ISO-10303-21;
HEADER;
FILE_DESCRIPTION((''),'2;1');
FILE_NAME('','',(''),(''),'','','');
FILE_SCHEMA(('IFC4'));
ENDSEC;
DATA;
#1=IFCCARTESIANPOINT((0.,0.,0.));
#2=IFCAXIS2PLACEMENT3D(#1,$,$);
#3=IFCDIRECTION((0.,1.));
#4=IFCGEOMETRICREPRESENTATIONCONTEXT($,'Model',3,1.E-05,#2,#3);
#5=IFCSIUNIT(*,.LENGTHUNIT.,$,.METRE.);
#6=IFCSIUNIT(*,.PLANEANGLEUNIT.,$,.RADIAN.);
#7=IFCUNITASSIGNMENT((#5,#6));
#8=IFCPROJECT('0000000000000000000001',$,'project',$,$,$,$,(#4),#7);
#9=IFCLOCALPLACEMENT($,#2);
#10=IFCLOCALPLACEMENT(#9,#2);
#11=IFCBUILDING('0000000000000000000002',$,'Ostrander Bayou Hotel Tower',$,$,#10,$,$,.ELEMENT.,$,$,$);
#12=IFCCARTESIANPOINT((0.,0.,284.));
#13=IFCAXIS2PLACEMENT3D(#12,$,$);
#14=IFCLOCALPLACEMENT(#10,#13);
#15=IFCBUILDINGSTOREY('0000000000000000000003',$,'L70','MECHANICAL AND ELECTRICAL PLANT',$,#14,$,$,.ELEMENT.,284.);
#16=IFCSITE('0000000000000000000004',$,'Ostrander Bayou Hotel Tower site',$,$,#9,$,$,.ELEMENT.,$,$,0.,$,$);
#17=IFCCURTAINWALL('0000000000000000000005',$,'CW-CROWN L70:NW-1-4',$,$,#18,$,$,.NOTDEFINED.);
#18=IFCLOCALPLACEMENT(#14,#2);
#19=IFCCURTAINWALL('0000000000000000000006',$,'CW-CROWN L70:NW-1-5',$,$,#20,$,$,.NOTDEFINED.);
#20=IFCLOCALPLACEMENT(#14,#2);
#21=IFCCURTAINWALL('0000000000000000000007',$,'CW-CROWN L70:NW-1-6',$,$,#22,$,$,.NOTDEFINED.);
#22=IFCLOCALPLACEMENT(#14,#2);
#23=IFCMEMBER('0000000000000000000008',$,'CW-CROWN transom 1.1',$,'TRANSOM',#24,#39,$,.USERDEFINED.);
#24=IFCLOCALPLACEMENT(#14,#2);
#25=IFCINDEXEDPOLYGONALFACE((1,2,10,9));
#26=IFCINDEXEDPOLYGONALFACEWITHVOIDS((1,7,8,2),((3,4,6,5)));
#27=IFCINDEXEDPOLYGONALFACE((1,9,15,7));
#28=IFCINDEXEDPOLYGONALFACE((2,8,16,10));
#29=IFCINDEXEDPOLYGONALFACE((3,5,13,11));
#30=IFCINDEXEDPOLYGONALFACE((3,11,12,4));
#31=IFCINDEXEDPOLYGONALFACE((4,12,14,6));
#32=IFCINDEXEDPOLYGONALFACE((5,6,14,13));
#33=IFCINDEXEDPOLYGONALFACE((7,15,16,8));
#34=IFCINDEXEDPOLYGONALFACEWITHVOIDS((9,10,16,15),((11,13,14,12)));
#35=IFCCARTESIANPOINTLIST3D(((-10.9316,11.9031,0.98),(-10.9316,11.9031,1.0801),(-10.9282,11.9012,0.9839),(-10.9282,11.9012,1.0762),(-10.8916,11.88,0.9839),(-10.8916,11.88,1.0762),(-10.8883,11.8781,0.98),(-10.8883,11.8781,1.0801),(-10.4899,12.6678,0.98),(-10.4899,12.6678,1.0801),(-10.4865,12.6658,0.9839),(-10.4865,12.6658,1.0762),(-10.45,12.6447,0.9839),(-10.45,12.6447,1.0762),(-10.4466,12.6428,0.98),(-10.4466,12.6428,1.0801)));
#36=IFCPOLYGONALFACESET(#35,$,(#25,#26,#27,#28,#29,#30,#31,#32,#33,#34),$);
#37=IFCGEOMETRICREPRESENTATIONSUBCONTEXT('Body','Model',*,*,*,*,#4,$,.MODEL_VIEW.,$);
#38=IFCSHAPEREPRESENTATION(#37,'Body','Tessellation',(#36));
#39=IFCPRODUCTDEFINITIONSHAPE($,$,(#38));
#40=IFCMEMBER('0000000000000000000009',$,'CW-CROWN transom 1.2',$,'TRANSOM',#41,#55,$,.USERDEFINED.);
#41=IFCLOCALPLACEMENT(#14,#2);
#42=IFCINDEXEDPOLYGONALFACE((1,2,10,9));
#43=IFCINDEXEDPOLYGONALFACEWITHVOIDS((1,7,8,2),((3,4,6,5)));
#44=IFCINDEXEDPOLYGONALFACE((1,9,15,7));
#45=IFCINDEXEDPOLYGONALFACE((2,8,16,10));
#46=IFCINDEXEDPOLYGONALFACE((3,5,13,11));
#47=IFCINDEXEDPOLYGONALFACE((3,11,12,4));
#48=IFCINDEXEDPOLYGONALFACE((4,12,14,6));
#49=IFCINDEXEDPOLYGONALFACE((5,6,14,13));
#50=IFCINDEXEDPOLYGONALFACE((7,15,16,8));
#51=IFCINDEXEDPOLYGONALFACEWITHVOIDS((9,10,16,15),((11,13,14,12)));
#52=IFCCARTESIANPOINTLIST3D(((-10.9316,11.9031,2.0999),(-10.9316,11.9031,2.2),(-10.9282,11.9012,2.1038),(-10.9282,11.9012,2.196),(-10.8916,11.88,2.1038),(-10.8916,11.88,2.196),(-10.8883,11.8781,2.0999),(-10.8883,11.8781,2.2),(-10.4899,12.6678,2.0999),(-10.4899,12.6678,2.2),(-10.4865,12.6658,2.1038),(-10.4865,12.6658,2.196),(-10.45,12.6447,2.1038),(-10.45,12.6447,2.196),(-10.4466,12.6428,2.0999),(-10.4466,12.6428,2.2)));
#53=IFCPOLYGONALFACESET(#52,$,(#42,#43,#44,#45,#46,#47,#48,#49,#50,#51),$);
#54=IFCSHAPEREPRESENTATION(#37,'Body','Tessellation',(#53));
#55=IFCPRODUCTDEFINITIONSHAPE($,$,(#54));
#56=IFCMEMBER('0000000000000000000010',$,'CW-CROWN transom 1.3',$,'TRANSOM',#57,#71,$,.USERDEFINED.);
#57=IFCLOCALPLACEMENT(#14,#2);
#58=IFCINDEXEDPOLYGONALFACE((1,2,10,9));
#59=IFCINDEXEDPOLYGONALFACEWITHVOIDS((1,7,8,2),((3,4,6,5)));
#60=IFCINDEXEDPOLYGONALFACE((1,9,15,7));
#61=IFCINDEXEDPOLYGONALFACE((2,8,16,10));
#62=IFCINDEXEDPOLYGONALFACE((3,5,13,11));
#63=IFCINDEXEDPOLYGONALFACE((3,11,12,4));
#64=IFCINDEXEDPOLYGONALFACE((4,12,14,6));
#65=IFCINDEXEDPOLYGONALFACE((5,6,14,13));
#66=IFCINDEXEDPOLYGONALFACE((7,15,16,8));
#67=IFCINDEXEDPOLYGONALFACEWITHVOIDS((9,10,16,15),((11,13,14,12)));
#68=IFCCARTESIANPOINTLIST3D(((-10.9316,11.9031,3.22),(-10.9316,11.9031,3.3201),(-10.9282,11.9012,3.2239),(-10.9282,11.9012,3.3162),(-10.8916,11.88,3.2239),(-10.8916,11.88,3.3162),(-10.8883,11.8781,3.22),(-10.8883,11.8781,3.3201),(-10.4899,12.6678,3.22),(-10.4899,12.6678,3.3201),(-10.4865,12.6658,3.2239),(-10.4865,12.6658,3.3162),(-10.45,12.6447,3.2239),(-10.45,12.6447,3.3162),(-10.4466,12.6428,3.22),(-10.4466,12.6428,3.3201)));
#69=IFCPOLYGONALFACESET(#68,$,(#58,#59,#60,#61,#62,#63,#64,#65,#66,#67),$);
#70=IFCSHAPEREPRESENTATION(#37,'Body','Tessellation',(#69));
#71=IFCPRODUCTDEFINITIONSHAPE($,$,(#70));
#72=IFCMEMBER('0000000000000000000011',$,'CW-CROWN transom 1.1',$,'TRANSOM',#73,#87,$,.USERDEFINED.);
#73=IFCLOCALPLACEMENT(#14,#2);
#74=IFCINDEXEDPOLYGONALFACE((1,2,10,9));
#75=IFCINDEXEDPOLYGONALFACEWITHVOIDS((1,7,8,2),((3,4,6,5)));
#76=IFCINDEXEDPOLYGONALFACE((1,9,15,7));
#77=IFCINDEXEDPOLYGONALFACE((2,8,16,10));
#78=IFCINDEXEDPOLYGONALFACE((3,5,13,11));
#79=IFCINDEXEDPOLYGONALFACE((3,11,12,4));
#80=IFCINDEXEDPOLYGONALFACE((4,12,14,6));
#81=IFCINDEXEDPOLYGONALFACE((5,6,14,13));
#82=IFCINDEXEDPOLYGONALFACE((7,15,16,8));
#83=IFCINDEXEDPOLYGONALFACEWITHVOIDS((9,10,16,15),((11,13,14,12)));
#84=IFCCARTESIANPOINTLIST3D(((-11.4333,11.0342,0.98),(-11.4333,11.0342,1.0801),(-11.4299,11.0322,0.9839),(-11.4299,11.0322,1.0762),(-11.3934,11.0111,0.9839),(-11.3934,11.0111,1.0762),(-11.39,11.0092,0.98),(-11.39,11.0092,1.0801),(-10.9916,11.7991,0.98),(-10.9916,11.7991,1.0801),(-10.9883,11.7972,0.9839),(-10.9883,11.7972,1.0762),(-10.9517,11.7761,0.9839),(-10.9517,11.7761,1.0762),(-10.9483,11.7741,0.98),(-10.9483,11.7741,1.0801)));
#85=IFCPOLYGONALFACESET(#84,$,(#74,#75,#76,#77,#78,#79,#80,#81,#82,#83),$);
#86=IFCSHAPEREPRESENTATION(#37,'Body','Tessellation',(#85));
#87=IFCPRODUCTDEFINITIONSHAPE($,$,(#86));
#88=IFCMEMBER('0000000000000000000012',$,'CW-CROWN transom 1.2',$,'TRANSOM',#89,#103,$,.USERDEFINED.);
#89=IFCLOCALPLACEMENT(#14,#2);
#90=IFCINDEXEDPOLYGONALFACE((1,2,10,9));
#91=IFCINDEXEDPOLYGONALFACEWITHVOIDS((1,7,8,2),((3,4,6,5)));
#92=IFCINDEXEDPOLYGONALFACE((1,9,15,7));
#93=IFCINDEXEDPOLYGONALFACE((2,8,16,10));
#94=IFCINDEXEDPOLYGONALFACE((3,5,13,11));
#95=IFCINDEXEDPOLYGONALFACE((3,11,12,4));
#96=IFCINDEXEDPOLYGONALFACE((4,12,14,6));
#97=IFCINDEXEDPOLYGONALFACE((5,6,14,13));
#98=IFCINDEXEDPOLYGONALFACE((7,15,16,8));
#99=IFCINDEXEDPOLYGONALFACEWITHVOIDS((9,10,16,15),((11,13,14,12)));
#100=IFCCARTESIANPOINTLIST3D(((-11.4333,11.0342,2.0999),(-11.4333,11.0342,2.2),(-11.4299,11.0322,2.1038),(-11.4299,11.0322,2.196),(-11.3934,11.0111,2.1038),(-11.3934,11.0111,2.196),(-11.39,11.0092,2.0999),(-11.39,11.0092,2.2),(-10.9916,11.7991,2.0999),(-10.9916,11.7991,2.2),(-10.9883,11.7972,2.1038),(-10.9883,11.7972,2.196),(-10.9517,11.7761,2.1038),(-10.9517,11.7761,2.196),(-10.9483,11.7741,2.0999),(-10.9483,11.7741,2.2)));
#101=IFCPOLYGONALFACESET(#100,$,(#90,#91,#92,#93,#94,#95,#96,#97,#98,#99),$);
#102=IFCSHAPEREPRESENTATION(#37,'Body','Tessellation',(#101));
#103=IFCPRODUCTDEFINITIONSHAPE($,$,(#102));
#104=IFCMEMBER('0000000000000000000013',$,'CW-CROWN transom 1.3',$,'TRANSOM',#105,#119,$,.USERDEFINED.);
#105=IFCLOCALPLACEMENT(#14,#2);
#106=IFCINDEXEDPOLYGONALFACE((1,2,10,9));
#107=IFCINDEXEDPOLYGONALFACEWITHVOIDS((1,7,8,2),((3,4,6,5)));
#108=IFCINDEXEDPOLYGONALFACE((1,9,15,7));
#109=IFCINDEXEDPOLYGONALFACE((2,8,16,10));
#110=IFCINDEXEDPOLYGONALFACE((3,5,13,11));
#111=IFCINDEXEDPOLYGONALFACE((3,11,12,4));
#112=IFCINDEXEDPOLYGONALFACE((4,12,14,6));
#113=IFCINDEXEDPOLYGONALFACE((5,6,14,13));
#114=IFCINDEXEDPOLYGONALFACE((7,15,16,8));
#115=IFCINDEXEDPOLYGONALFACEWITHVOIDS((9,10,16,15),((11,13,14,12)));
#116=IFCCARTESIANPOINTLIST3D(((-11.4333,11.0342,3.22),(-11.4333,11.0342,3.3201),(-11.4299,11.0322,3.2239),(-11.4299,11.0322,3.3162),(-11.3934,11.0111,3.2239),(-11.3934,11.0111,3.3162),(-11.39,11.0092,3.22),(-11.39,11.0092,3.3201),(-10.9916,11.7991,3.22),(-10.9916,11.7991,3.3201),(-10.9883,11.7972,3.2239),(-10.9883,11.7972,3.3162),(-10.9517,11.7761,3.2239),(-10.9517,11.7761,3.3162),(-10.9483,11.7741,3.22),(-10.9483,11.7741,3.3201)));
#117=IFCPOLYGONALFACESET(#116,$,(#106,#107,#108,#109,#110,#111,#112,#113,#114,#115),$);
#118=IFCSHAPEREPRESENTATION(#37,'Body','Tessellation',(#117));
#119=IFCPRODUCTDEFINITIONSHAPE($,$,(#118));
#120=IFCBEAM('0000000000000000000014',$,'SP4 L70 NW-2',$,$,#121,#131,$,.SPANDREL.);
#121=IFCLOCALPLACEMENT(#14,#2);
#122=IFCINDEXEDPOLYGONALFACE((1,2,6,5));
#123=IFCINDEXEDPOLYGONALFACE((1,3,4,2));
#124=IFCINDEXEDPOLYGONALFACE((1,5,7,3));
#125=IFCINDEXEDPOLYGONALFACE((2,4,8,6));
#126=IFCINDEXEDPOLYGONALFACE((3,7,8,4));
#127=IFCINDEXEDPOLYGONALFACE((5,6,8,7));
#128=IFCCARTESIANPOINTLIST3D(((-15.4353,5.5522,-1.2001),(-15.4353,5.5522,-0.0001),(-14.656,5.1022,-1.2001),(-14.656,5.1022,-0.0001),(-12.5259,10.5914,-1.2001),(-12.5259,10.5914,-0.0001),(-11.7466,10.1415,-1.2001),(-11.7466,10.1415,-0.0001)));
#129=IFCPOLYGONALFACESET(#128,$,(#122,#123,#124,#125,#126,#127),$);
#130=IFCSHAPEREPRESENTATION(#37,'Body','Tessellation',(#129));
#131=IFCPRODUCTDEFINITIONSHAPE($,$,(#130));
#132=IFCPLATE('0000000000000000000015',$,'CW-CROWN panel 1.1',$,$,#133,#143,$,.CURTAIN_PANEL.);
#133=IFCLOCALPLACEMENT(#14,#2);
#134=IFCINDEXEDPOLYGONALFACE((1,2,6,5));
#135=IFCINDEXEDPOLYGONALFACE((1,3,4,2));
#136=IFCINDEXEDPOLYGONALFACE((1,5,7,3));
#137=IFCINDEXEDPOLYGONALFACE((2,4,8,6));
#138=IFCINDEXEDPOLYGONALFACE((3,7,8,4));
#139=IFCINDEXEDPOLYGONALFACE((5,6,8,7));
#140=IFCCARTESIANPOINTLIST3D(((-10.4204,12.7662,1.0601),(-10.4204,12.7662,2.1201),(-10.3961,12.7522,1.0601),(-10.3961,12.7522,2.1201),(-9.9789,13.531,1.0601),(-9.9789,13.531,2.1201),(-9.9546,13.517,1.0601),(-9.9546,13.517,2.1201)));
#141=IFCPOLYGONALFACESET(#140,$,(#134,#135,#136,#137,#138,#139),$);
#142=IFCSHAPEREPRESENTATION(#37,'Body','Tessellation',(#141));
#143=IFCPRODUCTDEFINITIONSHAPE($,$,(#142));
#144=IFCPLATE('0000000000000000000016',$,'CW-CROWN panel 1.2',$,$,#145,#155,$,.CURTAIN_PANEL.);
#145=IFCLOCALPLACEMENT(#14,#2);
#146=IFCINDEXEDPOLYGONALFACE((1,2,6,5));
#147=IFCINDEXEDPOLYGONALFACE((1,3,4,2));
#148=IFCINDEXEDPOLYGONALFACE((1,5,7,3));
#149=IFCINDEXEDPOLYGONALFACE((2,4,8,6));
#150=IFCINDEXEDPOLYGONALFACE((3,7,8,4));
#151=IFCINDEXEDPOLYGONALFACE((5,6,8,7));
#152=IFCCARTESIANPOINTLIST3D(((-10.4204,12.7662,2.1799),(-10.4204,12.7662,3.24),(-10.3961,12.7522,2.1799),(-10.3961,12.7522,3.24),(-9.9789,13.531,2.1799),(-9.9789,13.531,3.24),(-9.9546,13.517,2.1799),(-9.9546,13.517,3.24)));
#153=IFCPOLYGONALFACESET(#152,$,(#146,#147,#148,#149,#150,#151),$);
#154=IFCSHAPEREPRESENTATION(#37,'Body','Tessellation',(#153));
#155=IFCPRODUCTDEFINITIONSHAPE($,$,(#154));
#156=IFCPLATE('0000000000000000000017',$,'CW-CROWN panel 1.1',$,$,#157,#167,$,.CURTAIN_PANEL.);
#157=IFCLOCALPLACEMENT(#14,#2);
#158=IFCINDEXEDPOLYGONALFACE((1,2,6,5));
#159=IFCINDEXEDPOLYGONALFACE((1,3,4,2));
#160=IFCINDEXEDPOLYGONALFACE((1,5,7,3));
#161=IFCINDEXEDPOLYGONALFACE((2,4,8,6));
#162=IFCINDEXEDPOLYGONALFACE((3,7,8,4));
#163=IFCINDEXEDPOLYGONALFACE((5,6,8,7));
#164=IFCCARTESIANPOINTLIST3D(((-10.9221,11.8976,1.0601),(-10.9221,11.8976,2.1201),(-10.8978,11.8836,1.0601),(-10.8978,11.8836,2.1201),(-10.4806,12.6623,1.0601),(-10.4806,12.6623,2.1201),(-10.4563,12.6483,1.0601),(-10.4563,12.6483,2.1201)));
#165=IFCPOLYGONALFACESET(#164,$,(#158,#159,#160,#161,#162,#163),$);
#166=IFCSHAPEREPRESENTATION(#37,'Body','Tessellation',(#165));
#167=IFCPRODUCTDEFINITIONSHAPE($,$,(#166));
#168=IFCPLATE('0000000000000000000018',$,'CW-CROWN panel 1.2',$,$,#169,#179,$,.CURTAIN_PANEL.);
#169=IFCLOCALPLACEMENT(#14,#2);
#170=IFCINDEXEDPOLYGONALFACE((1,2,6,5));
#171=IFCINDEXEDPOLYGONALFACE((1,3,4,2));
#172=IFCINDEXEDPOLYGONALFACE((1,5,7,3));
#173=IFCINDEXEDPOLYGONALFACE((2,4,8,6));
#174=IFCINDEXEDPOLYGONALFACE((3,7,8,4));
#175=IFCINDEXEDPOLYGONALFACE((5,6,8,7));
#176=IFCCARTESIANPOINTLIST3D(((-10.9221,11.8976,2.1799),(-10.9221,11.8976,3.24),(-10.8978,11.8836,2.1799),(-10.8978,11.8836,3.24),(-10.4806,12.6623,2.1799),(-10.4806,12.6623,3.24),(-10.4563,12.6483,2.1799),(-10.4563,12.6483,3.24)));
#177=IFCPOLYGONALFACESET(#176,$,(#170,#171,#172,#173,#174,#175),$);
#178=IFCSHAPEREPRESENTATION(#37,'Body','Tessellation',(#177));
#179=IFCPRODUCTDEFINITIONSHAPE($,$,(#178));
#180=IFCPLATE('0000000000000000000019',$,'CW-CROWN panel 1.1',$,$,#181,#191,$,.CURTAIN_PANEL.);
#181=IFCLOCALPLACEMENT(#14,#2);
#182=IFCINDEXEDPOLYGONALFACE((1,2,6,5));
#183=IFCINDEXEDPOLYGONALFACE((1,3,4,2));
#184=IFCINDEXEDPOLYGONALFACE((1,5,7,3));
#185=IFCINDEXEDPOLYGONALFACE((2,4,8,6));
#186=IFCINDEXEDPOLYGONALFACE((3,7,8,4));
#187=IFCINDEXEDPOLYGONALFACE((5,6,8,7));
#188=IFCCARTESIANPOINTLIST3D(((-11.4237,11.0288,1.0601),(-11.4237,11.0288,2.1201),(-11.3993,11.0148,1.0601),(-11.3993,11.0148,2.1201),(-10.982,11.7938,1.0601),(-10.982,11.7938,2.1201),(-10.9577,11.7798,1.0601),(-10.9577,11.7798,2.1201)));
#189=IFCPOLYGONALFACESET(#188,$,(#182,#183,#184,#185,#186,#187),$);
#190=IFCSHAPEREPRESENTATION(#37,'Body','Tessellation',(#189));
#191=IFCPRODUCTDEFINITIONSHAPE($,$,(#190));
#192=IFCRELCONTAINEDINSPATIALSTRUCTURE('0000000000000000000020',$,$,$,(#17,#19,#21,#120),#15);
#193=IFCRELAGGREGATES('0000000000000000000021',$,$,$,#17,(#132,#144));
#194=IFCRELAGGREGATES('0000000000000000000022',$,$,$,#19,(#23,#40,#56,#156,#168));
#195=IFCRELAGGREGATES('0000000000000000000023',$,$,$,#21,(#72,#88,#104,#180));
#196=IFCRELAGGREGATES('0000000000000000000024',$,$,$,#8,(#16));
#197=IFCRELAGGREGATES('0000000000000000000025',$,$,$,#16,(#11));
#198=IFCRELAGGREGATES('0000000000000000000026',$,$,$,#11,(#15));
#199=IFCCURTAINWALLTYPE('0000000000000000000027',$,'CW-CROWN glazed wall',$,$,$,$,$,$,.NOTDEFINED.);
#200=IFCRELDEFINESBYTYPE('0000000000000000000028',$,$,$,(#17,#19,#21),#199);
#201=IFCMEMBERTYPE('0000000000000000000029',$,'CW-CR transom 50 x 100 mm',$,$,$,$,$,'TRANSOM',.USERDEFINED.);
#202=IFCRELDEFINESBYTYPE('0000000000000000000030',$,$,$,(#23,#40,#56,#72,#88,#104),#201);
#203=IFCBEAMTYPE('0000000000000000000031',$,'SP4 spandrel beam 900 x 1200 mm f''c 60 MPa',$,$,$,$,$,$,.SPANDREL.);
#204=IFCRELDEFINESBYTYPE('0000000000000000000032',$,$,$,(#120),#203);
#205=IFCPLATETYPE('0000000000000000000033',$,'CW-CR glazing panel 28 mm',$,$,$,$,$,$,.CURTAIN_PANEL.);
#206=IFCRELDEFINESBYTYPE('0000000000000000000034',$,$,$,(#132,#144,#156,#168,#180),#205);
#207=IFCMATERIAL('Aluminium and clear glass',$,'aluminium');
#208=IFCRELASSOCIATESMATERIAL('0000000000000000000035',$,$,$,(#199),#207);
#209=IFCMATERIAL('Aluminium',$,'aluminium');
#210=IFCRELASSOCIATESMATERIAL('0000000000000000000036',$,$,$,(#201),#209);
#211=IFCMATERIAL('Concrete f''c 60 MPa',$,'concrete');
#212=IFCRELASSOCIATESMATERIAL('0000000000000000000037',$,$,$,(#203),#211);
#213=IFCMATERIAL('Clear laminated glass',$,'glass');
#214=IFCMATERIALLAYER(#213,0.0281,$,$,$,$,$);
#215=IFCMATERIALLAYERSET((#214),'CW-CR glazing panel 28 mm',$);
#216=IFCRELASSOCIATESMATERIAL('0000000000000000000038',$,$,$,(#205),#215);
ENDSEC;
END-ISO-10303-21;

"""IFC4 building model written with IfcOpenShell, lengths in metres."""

from ifc_helpers import new_model, si_unit, direction, frame, origin, origin_2d, place, context, subcontext, project, spatial, rectangle, hollow_rectangle, extrude, material, layer, layer_set, material_profile, profile_set, type_object, element, aggregate, save


model = new_model("IFC4")

# Units and contexts
model_context = context("Model", 3, precision=1e-05, world=origin(), true_north=direction((0.0, 1.0)))
body_context = subcontext(model_context, "Body", "Model", "MODEL_VIEW")
ifc_project = project(units=[si_unit("LENGTHUNIT", "METRE"), si_unit("PLANEANGLEUNIT", "RADIAN")], contexts=[model_context])

# Site, building, storey
site_placement = place(None, origin())
site = spatial("IfcSite", under=ifc_project, at=site_placement, Name="Ostrander Bayou Hotel Tower site", CompositionType="ELEMENT", RefElevation=0.0)
building_placement = place(site_placement, origin())
building = spatial("IfcBuilding", under=site, at=building_placement, Name="Ostrander Bayou Hotel Tower", CompositionType="ELEMENT")
storey_placement = place(building_placement, frame((0.0, 0.0, 284.0)))
storey = spatial("IfcBuildingStorey", under=building, at=storey_placement, Name="L70", Description="MECHANICAL AND ELECTRICAL PLANT", CompositionType="ELEMENT", Elevation=284.0)

# Curtain walls
ifc_material_1 = material(Name="Aluminium and clear glass", Category="aluminium")
curtain_wall_type = type_object("IfcCurtainWallType", Name="CW-CROWN glazed wall", PredefinedType="NOTDEFINED", material=ifc_material_1)
curtain_wall_1_placement = place(storey_placement, origin())
curtain_wall_1 = element("IfcCurtainWall", 1, at=curtain_wall_1_placement, inside=storey, type_object=curtain_wall_type, Name="CW-CROWN L70:NW-1-4", PredefinedType="NOTDEFINED")
curtain_wall_2_placement = place(storey_placement, origin())
curtain_wall_2 = element("IfcCurtainWall", 2, at=curtain_wall_2_placement, inside=storey, type_object=curtain_wall_type, Name="CW-CROWN L70:NW-1-5", PredefinedType="NOTDEFINED")
curtain_wall_3_placement = place(storey_placement, origin())
curtain_wall_3 = element("IfcCurtainWall", 3, at=curtain_wall_3_placement, inside=storey, type_object=curtain_wall_type, Name="CW-CROWN L70:NW-1-6", PredefinedType="NOTDEFINED")

# Members
ifc_material_2 = material(Name="Aluminium", Category="aluminium")
ifc_material_profile_1 = material_profile(ifc_material_2, hollow_rectangle(XDim=0.05, YDim=0.1001, WallThickness=0.0039, at=origin_2d()))
ifc_profile_set_1 = profile_set([ifc_material_profile_1], Name="Aluminium")
member_type_1 = type_object("IfcMemberType", Name="CW-CR transom 50 x 100 mm", ElementType="TRANSOM", PredefinedType="USERDEFINED", material=ifc_profile_set_1)
member_1_placement = place(storey_placement, frame((-10.4683, 12.6553, 1.03), z_axis=(-0.500153, -0.865937, 0.0), x_axis=(0.865937, -0.500153, 0.0)))
member_1 = element("IfcMember", 4, at=member_1_placement, type_object=member_type_1, Name="CW-CROWN transom 1.1", ObjectType="TRANSOM", PredefinedType="USERDEFINED", context=body_context, shape_type="SweptSolid", body=[
    extrude(hollow_rectangle(XDim=0.05, YDim=0.1001, WallThickness=0.0039, at=origin_2d()), origin(), (0.0, 0.0, 1.0), 0.8831),
])
member_2_placement = place(storey_placement, frame((-10.4683, 12.6553, 2.1499), z_axis=(-0.500153, -0.865937, 0.0), x_axis=(0.865937, -0.500153, 0.0)))
member_2 = element("IfcMember", 5, at=member_2_placement, type_object=member_type_1, Name="CW-CROWN transom 1.2", ObjectType="TRANSOM", PredefinedType="USERDEFINED", context=body_context, shape_type="SweptSolid", body=[
    extrude(hollow_rectangle(XDim=0.05, YDim=0.1001, WallThickness=0.0039, at=origin_2d()), origin(), (0.0, 0.0, 1.0), 0.8831),
])
member_3_placement = place(storey_placement, frame((-10.4683, 12.6553, 3.27), z_axis=(-0.500153, -0.865937, 0.0), x_axis=(0.865937, -0.500153, 0.0)))
member_3 = element("IfcMember", 6, at=member_3_placement, type_object=member_type_1, Name="CW-CROWN transom 1.3", ObjectType="TRANSOM", PredefinedType="USERDEFINED", context=body_context, shape_type="SweptSolid", body=[
    extrude(hollow_rectangle(XDim=0.05, YDim=0.1001, WallThickness=0.0039, at=origin_2d()), origin(), (0.0, 0.0, 1.0), 0.8831),
])
member_4_placement = place(storey_placement, frame((-10.97, 11.7866, 1.03), z_axis=(-0.500034, -0.866006, 0.0), x_axis=(0.866006, -0.500034, 0.0)))
member_4 = element("IfcMember", 7, at=member_4_placement, type_object=member_type_1, Name="CW-CROWN transom 1.1", ObjectType="TRANSOM", PredefinedType="USERDEFINED", context=body_context, shape_type="SweptSolid", body=[
    extrude(hollow_rectangle(XDim=0.05, YDim=0.1001, WallThickness=0.0039, at=origin_2d()), origin(), (0.0, 0.0, 1.0), 0.8833),
])
member_5_placement = place(storey_placement, frame((-10.97, 11.7866, 2.1499), z_axis=(-0.500034, -0.866006, 0.0), x_axis=(0.866006, -0.500034, 0.0)))
member_5 = element("IfcMember", 8, at=member_5_placement, type_object=member_type_1, Name="CW-CROWN transom 1.2", ObjectType="TRANSOM", PredefinedType="USERDEFINED", context=body_context, shape_type="SweptSolid", body=[
    extrude(hollow_rectangle(XDim=0.05, YDim=0.1001, WallThickness=0.0039, at=origin_2d()), origin(), (0.0, 0.0, 1.0), 0.8833),
])
member_6_placement = place(storey_placement, frame((-10.97, 11.7866, 3.27), z_axis=(-0.500034, -0.866006, 0.0), x_axis=(0.866006, -0.500034, 0.0)))
member_6 = element("IfcMember", 9, at=member_6_placement, type_object=member_type_1, Name="CW-CROWN transom 1.3", ObjectType="TRANSOM", PredefinedType="USERDEFINED", context=body_context, shape_type="SweptSolid", body=[
    extrude(hollow_rectangle(XDim=0.05, YDim=0.1001, WallThickness=0.0039, at=origin_2d()), origin(), (0.0, 0.0, 1.0), 0.8833),
])

# Beam
ifc_material_3 = material(Name="Concrete f'c 60 MPa", Category="concrete")
ifc_material_profile_2 = material_profile(ifc_material_3, rectangle(XDim=0.8999, YDim=1.2, at=origin_2d()))
ifc_profile_set_2 = profile_set([ifc_material_profile_2], Name="Concrete f'c 60 MPa")
beam_type = type_object("IfcBeamType", Name="SP4 spandrel beam 900 x 1200 mm f'c 60 MPa", PredefinedType="SPANDREL", material=ifc_profile_set_2)
beam_placement = place(storey_placement, frame((-12.1362, 10.3665, -0.6001), z_axis=(-0.499997, -0.866027, 0.0), x_axis=(0.866027, -0.499997, 0.0)))
element("IfcBeam", 10, at=beam_placement, inside=storey, type_object=beam_type, Name="SP4 L70 NW-2", PredefinedType="SPANDREL", context=body_context, shape_type="SweptSolid", body=[
    extrude(rectangle(XDim=0.8999, YDim=1.2, at=origin_2d()), origin(), (0.0, 0.0, 1.0), 5.8188),
])

# Plates
ifc_material_4 = material(Name="Clear laminated glass", Category="glass")
ifc_layer_1 = layer(ifc_material_4, 0.0281)
ifc_layer_set_1 = layer_set([ifc_layer_1], Name="CW-CR glazing panel 28 mm")
plate_type = type_object("IfcPlateType", Name="CW-CR glazing panel 28 mm", PredefinedType="CURTAIN_PANEL", material=ifc_layer_set_1)
plate_1_placement = place(storey_placement, frame((-10.1875, 13.1416, 1.0601), z_axis=(0.0, 0.0, 1.0), x_axis=(-0.499924, -0.866069, 0.0)))
plate_1 = element("IfcPlate", 11, at=plate_1_placement, type_object=plate_type, Name="CW-CROWN panel 1.1", PredefinedType="CURTAIN_PANEL", context=body_context, shape_type="SweptSolid", body=[
    extrude(rectangle(XDim=0.8831, YDim=0.0281, at=origin_2d()), origin(), (0.0, 0.0, 1.0), 1.0601),
])
plate_2_placement = place(storey_placement, frame((-10.1875, 13.1416, 2.1799), z_axis=(0.0, 0.0, 1.0), x_axis=(-0.499924, -0.866069, 0.0)))
plate_2 = element("IfcPlate", 12, at=plate_2_placement, type_object=plate_type, Name="CW-CROWN panel 1.2", PredefinedType="CURTAIN_PANEL", context=body_context, shape_type="SweptSolid", body=[
    extrude(rectangle(XDim=0.8831, YDim=0.0281, at=origin_2d()), origin(), (0.0, 0.0, 1.0), 1.0601),
])
aggregate(curtain_wall_1, [plate_1, plate_2])
plate_3_placement = place(storey_placement, frame((-10.6892, 12.2729, 1.0601), z_axis=(0.0, 0.0, 1.0), x_axis=(-0.500042, -0.866001, 0.0)))
plate_3 = element("IfcPlate", 13, at=plate_3_placement, type_object=plate_type, Name="CW-CROWN panel 1.1", PredefinedType="CURTAIN_PANEL", context=body_context, shape_type="SweptSolid", body=[
    extrude(rectangle(XDim=0.8831, YDim=0.0281, at=origin_2d()), origin(), (0.0, 0.0, 1.0), 1.0601),
])
plate_4_placement = place(storey_placement, frame((-10.6892, 12.2729, 2.1799), z_axis=(0.0, 0.0, 1.0), x_axis=(-0.500042, -0.866001, 0.0)))
plate_4 = element("IfcPlate", 14, at=plate_4_placement, type_object=plate_type, Name="CW-CROWN panel 1.2", PredefinedType="CURTAIN_PANEL", context=body_context, shape_type="SweptSolid", body=[
    extrude(rectangle(XDim=0.8831, YDim=0.0281, at=origin_2d()), origin(), (0.0, 0.0, 1.0), 1.0601),
])
aggregate(curtain_wall_2, [member_1, member_2, member_3, plate_3, plate_4])
plate_5_placement = place(storey_placement, frame((-11.1907, 11.4043, 1.0601), z_axis=(0.0, 0.0, 1.0), x_axis=(-0.499999, -0.866026, 0.0)))
plate_5 = element("IfcPlate", 15, at=plate_5_placement, type_object=plate_type, Name="CW-CROWN panel 1.1", PredefinedType="CURTAIN_PANEL", context=body_context, shape_type="SweptSolid", body=[
    extrude(rectangle(XDim=0.8833, YDim=0.0281, at=origin_2d()), origin(), (0.0, 0.0, 1.0), 1.0601),
])
aggregate(curtain_wall_3, [member_4, member_5, member_6, plate_5])

save(model, "model.ifc")
